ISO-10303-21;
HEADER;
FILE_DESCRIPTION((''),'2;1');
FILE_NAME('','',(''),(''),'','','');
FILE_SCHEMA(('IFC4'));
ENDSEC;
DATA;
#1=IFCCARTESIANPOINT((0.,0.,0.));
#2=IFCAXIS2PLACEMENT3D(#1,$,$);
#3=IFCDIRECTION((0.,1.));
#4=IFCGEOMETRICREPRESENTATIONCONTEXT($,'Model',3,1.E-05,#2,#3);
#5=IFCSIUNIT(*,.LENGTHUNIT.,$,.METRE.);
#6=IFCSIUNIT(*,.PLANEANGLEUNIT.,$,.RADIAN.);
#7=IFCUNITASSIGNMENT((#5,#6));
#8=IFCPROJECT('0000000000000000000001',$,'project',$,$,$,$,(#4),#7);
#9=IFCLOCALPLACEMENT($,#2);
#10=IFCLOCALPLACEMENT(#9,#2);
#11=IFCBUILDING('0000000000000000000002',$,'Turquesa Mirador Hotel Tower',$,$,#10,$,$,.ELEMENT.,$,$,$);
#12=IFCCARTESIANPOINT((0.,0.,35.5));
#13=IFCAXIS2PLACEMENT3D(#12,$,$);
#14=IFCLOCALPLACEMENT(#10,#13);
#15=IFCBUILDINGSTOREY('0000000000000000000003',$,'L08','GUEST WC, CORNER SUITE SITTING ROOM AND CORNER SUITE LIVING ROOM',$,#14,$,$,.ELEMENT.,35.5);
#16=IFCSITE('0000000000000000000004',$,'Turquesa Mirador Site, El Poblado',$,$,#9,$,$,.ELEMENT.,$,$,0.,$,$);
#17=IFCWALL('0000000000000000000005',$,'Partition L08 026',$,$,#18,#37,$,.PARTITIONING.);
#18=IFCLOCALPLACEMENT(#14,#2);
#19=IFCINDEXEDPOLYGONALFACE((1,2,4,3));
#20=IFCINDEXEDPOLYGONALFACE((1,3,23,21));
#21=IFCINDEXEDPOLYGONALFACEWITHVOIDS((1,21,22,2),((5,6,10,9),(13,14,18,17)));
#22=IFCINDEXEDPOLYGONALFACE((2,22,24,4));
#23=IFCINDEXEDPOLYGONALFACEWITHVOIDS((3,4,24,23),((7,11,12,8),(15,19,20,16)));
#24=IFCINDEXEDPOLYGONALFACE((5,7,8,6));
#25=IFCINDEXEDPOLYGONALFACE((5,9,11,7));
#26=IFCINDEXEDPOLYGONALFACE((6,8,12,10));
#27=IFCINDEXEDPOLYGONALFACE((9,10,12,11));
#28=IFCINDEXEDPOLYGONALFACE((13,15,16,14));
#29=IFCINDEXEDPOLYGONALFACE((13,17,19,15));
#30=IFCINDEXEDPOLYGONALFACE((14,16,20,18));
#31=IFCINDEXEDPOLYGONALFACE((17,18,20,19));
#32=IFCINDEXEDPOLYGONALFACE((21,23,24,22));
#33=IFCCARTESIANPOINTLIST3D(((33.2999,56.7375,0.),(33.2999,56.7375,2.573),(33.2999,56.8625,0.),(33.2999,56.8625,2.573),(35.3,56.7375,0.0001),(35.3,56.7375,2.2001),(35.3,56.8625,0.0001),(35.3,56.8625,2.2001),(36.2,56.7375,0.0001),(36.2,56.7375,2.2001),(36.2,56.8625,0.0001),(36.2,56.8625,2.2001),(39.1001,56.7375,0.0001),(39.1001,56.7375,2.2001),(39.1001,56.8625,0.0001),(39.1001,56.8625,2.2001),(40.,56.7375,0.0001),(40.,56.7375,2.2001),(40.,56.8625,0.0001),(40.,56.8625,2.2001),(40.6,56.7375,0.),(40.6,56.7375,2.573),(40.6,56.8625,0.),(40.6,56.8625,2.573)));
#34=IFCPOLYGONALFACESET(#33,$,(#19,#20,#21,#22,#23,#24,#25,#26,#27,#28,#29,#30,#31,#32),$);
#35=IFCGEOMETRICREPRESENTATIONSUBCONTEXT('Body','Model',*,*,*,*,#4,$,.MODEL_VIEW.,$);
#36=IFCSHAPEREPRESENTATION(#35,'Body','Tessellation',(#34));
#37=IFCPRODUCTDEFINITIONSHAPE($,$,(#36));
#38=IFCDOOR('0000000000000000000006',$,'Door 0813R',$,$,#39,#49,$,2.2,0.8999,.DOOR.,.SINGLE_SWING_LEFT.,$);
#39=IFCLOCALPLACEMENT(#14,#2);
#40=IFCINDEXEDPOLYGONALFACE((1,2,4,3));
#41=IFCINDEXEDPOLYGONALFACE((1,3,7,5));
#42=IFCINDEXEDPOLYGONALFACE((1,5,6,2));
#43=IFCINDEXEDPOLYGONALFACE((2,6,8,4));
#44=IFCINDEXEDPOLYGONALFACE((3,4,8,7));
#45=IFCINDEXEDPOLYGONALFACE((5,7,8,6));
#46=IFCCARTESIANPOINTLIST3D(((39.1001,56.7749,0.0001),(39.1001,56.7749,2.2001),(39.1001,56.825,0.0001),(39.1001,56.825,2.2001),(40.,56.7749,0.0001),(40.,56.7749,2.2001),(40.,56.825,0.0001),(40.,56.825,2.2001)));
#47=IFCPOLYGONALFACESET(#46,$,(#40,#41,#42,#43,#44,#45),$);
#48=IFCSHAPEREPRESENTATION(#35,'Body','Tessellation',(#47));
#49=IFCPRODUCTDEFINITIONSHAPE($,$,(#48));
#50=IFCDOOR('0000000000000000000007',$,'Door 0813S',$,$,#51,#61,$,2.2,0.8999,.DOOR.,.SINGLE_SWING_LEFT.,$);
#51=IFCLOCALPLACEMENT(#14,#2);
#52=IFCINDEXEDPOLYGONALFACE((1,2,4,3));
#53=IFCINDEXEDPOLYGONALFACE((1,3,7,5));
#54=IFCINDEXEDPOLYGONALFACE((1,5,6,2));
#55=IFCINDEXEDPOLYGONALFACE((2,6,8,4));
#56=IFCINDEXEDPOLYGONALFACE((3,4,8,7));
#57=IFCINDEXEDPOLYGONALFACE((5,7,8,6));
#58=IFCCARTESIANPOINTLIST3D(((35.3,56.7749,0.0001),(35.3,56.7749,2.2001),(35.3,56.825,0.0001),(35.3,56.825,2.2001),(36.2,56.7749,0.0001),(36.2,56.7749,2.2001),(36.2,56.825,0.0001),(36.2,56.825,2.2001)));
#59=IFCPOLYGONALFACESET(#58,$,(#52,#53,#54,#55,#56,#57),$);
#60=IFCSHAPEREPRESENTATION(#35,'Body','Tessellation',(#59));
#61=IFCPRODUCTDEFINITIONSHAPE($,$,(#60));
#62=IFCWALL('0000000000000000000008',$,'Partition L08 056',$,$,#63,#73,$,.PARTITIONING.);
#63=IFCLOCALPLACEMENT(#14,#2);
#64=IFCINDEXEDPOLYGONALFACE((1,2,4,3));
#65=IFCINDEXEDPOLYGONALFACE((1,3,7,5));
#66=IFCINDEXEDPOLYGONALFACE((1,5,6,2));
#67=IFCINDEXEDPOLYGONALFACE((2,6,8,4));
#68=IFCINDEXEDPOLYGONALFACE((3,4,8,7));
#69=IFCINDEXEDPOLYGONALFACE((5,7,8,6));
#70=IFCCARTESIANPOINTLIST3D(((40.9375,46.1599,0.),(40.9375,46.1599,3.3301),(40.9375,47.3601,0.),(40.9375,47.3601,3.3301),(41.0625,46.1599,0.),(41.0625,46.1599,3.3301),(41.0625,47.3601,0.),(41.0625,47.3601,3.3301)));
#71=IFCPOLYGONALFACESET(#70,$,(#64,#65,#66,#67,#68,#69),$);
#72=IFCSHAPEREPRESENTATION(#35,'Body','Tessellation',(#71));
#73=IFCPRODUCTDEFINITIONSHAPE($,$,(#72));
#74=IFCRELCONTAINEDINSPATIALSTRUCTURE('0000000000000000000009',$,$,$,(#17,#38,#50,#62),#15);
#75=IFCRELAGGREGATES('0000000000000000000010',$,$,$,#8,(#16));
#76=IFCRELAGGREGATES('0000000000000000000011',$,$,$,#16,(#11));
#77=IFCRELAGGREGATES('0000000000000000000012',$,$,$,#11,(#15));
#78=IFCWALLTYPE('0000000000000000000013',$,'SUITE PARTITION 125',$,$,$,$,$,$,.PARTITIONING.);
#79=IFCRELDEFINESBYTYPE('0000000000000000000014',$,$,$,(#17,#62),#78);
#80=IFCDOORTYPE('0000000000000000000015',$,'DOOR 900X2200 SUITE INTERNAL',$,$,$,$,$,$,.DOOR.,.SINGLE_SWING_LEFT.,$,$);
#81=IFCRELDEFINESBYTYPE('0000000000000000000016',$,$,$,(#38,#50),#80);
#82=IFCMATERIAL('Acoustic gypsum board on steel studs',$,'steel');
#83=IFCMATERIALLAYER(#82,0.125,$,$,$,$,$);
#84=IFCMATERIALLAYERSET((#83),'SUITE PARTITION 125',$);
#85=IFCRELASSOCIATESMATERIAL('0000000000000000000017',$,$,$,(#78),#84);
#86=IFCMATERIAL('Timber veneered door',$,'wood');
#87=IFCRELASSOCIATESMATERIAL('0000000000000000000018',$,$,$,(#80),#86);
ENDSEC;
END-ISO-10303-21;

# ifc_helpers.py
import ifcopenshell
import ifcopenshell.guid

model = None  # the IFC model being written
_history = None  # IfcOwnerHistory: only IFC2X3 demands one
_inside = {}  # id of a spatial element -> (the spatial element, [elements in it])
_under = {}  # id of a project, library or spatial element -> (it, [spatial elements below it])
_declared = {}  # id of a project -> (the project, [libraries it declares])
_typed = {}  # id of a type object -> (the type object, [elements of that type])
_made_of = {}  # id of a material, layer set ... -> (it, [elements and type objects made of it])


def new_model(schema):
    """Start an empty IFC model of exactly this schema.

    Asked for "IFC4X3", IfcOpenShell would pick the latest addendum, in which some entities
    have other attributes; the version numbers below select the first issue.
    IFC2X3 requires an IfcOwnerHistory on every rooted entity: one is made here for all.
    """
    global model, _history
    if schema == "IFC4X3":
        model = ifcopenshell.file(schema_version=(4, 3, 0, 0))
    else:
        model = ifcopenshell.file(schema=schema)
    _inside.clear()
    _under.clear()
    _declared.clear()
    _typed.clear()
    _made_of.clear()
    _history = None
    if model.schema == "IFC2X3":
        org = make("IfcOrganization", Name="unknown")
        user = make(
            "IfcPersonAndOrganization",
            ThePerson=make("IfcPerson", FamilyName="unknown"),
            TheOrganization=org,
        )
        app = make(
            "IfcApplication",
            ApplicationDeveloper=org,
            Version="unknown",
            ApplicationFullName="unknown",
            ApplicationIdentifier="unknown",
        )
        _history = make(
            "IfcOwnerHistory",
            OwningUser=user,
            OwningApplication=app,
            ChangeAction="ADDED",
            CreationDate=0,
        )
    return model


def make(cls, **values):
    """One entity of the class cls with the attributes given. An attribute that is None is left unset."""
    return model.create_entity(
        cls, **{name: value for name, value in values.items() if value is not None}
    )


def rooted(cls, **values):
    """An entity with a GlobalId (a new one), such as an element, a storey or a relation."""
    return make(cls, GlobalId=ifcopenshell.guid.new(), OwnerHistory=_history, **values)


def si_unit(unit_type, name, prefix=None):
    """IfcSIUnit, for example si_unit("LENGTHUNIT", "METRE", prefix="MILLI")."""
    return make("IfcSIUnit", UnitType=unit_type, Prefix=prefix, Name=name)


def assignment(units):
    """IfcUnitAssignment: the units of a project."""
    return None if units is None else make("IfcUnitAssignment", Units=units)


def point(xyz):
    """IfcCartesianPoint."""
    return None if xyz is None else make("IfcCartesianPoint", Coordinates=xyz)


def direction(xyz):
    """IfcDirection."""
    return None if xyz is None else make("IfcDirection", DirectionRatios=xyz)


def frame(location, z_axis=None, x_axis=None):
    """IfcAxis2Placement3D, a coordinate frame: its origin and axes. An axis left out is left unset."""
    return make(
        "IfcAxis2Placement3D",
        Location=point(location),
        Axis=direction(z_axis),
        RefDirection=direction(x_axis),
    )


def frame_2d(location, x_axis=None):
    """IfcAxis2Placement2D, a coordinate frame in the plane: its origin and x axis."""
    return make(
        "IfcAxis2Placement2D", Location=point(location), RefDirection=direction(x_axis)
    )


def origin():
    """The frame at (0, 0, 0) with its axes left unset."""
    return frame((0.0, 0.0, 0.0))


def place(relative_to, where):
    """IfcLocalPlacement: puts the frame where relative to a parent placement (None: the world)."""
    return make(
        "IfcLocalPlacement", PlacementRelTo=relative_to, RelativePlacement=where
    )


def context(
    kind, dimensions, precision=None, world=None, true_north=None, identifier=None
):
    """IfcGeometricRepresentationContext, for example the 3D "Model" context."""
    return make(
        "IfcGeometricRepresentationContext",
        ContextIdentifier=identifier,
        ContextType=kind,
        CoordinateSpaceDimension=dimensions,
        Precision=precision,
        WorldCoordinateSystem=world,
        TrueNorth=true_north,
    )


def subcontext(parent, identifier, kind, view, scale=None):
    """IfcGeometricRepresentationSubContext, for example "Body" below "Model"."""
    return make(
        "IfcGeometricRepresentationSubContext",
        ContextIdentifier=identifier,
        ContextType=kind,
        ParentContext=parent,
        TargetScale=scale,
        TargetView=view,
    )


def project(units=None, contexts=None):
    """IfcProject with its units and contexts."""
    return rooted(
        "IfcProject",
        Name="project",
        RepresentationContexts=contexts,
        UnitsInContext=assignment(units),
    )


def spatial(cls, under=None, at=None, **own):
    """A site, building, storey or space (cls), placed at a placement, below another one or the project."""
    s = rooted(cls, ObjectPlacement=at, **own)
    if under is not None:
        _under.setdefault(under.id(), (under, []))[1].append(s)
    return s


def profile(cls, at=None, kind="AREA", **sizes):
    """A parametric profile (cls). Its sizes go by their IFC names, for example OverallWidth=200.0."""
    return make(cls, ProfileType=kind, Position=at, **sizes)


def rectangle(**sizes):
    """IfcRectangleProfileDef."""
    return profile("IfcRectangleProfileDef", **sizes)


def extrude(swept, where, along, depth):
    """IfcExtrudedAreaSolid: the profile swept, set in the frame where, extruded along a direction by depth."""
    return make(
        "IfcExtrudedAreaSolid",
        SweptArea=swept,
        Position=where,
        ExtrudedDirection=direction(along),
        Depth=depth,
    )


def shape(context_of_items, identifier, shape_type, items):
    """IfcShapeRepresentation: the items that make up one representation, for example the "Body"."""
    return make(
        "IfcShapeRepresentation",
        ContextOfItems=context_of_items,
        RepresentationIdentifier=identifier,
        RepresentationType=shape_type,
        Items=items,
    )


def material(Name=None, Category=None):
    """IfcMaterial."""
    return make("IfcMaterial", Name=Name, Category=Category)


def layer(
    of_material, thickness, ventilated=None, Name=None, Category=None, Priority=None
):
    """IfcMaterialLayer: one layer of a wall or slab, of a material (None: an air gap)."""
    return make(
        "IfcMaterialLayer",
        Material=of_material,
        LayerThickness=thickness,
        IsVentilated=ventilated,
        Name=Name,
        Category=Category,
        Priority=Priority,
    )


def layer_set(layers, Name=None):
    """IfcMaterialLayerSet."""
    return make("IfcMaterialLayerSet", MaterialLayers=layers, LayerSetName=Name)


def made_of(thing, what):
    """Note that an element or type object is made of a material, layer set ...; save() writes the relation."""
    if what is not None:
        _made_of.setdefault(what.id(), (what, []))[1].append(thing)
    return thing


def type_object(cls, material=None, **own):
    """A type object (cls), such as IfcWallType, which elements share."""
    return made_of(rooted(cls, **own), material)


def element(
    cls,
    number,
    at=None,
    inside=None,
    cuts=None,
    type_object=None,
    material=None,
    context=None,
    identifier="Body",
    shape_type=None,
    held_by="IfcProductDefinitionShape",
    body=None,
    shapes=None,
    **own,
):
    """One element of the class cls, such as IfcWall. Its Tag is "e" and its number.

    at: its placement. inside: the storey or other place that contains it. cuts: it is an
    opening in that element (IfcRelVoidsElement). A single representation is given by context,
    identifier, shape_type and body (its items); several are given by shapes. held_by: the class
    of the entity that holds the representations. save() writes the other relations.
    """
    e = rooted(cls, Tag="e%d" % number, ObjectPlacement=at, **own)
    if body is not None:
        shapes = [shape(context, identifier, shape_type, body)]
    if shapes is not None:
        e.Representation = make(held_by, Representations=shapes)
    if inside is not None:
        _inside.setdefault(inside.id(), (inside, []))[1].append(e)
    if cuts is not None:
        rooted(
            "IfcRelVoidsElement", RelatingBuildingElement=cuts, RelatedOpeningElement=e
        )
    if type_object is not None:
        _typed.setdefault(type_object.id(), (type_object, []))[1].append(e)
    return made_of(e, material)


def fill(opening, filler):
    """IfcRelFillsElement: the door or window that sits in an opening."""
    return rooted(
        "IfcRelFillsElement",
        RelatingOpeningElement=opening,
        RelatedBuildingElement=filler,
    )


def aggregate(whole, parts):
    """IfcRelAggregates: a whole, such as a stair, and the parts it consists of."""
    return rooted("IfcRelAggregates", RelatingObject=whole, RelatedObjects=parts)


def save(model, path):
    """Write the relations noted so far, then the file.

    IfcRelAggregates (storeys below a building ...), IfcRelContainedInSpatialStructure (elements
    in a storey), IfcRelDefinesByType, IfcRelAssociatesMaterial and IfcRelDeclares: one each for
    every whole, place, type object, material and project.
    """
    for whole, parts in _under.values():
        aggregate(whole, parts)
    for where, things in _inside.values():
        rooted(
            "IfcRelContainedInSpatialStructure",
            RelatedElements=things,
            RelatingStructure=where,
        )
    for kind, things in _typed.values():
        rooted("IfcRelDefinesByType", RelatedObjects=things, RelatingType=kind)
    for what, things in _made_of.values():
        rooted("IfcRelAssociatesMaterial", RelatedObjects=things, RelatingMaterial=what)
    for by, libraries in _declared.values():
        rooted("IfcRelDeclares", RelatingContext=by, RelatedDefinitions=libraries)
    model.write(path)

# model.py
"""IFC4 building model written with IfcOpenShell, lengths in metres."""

from ifc_helpers import new_model, si_unit, direction, frame, frame_2d, origin, place, context, subcontext, project, spatial, rectangle, extrude, material, layer, layer_set, type_object, element, fill, save


model = new_model("IFC4")

# Units and contexts
model_context = context("Model", 3, precision=1e-05, world=origin(), true_north=direction((0.0, 1.0)))
body_context = subcontext(model_context, "Body", "Model", "MODEL_VIEW")
ifc_project = project(units=[si_unit("LENGTHUNIT", "METRE"), si_unit("PLANEANGLEUNIT", "RADIAN")], contexts=[model_context])

# Site, building, storey
site_placement = place(None, origin())
site = spatial("IfcSite", under=ifc_project, at=site_placement, Name="Turquesa Mirador Site, El Poblado", CompositionType="ELEMENT", RefElevation=0.0)
building_placement = place(site_placement, origin())
building = spatial("IfcBuilding", under=site, at=building_placement, Name="Turquesa Mirador Hotel Tower", CompositionType="ELEMENT")
storey_placement = place(building_placement, frame((0.0, 0.0, 35.5)))
storey = spatial("IfcBuildingStorey", under=building, at=storey_placement, Name="L08", Description="GUEST WC, CORNER SUITE SITTING ROOM AND CORNER SUITE LIVING ROOM", CompositionType="ELEMENT", Elevation=35.5)

# Shared definitions
ifc_material_1 = material(Name="Acoustic gypsum board on steel studs", Category="steel")
ifc_layer_1 = layer(ifc_material_1, 0.125)
ifc_layer_set_1 = layer_set([ifc_layer_1], Name="SUITE PARTITION 125")
wall_type_1 = type_object("IfcWallType", Name="SUITE PARTITION 125", PredefinedType="PARTITIONING", material=ifc_layer_set_1)

# Wall, openings, doors
wall_1_placement = place(storey_placement, frame((33.3, 56.8, 0.0), z_axis=(0.0, 0.0, 1.0), x_axis=(1.0, 0.0, 0.0)))
wall_1 = element("IfcWall", 1, at=wall_1_placement, inside=storey, type_object=wall_type_1, Name="Partition L08 026", PredefinedType="PARTITIONING", context=body_context, shape_type="SweptSolid", body=[
    extrude(rectangle(XDim=7.3, YDim=0.125, at=frame_2d((3.6499, 0.0))), origin(), (0.0, 0.0, 1.0), 2.573),
])
opening_1_placement = place(wall_1_placement, frame((5.8, 0.0, 0.0)))
opening_1 = element("IfcOpeningElement", 2, at=opening_1_placement, cuts=wall_1, PredefinedType="OPENING", context=body_context, shape_type="SweptSolid", body=[
    extrude(rectangle(XDim=0.8999, YDim=2.2, at=frame_2d((0.45, 1.1001))), frame((0.0, 0.0725, 0.0), z_axis=(0.0, -1.0, 0.0), x_axis=(1.0, 0.0, 0.0)), (0.0, 0.0, 1.0), 0.145),
])
opening_2_placement = place(wall_1_placement, frame((2.0, 0.0, 0.0)))
opening_2 = element("IfcOpeningElement", 3, at=opening_2_placement, cuts=wall_1, PredefinedType="OPENING", context=body_context, shape_type="SweptSolid", body=[
    extrude(rectangle(XDim=0.8999, YDim=2.2, at=frame_2d((0.45, 1.1001))), frame((0.0, 0.0725, 0.0), z_axis=(0.0, -1.0, 0.0), x_axis=(1.0, 0.0, 0.0)), (0.0, 0.0, 1.0), 0.145),
])
ifc_material_2 = material(Name="Timber veneered door", Category="wood")
door_type_1 = type_object("IfcDoorType", Name="DOOR 900X2200 SUITE INTERNAL", OperationType="SINGLE_SWING_LEFT", PredefinedType="DOOR", material=ifc_material_2)
door_1_placement = place(opening_1_placement, origin())
door_1 = element("IfcDoor", 4, at=door_1_placement, inside=storey, type_object=door_type_1, Name="Door 0813R", OperationType="SINGLE_SWING_LEFT", OverallHeight=2.2, OverallWidth=0.8999, PredefinedType="DOOR", context=body_context, shape_type="SweptSolid", body=[
    extrude(rectangle(XDim=0.8999, YDim=2.2, at=frame_2d((0.45, 1.1001))), frame((0.0, 0.0249, 0.0), z_axis=(0.0, -1.0, 0.0), x_axis=(1.0, 0.0, 0.0)), (0.0, 0.0, 1.0), 0.05),
])
fill(opening_1, door_1)
door_2_placement = place(opening_2_placement, origin())
door_2 = element("IfcDoor", 5, at=door_2_placement, inside=storey, type_object=door_type_1, Name="Door 0813S", OperationType="SINGLE_SWING_LEFT", OverallHeight=2.2, OverallWidth=0.8999, PredefinedType="DOOR", context=body_context, shape_type="SweptSolid", body=[
    extrude(rectangle(XDim=0.8999, YDim=2.2, at=frame_2d((0.45, 1.1001))), frame((0.0, 0.0249, 0.0), z_axis=(0.0, -1.0, 0.0), x_axis=(1.0, 0.0, 0.0)), (0.0, 0.0, 1.0), 0.05),
])
fill(opening_2, door_2)

# Wall
wall_2_placement = place(storey_placement, frame((41.0, 46.1599, 0.0), z_axis=(0.0, 0.0, 1.0), x_axis=(0.0, 1.0, 0.0)))
element("IfcWall", 6, at=wall_2_placement, inside=storey, type_object=wall_type_1, Name="Partition L08 056", PredefinedType="PARTITIONING", context=body_context, shape_type="SweptSolid", body=[
    extrude(rectangle(XDim=1.2002, YDim=0.125, at=frame_2d((0.6001, 0.0))), origin(), (0.0, 0.0, 1.0), 3.3301),
])

save(model, "model.ifc")
